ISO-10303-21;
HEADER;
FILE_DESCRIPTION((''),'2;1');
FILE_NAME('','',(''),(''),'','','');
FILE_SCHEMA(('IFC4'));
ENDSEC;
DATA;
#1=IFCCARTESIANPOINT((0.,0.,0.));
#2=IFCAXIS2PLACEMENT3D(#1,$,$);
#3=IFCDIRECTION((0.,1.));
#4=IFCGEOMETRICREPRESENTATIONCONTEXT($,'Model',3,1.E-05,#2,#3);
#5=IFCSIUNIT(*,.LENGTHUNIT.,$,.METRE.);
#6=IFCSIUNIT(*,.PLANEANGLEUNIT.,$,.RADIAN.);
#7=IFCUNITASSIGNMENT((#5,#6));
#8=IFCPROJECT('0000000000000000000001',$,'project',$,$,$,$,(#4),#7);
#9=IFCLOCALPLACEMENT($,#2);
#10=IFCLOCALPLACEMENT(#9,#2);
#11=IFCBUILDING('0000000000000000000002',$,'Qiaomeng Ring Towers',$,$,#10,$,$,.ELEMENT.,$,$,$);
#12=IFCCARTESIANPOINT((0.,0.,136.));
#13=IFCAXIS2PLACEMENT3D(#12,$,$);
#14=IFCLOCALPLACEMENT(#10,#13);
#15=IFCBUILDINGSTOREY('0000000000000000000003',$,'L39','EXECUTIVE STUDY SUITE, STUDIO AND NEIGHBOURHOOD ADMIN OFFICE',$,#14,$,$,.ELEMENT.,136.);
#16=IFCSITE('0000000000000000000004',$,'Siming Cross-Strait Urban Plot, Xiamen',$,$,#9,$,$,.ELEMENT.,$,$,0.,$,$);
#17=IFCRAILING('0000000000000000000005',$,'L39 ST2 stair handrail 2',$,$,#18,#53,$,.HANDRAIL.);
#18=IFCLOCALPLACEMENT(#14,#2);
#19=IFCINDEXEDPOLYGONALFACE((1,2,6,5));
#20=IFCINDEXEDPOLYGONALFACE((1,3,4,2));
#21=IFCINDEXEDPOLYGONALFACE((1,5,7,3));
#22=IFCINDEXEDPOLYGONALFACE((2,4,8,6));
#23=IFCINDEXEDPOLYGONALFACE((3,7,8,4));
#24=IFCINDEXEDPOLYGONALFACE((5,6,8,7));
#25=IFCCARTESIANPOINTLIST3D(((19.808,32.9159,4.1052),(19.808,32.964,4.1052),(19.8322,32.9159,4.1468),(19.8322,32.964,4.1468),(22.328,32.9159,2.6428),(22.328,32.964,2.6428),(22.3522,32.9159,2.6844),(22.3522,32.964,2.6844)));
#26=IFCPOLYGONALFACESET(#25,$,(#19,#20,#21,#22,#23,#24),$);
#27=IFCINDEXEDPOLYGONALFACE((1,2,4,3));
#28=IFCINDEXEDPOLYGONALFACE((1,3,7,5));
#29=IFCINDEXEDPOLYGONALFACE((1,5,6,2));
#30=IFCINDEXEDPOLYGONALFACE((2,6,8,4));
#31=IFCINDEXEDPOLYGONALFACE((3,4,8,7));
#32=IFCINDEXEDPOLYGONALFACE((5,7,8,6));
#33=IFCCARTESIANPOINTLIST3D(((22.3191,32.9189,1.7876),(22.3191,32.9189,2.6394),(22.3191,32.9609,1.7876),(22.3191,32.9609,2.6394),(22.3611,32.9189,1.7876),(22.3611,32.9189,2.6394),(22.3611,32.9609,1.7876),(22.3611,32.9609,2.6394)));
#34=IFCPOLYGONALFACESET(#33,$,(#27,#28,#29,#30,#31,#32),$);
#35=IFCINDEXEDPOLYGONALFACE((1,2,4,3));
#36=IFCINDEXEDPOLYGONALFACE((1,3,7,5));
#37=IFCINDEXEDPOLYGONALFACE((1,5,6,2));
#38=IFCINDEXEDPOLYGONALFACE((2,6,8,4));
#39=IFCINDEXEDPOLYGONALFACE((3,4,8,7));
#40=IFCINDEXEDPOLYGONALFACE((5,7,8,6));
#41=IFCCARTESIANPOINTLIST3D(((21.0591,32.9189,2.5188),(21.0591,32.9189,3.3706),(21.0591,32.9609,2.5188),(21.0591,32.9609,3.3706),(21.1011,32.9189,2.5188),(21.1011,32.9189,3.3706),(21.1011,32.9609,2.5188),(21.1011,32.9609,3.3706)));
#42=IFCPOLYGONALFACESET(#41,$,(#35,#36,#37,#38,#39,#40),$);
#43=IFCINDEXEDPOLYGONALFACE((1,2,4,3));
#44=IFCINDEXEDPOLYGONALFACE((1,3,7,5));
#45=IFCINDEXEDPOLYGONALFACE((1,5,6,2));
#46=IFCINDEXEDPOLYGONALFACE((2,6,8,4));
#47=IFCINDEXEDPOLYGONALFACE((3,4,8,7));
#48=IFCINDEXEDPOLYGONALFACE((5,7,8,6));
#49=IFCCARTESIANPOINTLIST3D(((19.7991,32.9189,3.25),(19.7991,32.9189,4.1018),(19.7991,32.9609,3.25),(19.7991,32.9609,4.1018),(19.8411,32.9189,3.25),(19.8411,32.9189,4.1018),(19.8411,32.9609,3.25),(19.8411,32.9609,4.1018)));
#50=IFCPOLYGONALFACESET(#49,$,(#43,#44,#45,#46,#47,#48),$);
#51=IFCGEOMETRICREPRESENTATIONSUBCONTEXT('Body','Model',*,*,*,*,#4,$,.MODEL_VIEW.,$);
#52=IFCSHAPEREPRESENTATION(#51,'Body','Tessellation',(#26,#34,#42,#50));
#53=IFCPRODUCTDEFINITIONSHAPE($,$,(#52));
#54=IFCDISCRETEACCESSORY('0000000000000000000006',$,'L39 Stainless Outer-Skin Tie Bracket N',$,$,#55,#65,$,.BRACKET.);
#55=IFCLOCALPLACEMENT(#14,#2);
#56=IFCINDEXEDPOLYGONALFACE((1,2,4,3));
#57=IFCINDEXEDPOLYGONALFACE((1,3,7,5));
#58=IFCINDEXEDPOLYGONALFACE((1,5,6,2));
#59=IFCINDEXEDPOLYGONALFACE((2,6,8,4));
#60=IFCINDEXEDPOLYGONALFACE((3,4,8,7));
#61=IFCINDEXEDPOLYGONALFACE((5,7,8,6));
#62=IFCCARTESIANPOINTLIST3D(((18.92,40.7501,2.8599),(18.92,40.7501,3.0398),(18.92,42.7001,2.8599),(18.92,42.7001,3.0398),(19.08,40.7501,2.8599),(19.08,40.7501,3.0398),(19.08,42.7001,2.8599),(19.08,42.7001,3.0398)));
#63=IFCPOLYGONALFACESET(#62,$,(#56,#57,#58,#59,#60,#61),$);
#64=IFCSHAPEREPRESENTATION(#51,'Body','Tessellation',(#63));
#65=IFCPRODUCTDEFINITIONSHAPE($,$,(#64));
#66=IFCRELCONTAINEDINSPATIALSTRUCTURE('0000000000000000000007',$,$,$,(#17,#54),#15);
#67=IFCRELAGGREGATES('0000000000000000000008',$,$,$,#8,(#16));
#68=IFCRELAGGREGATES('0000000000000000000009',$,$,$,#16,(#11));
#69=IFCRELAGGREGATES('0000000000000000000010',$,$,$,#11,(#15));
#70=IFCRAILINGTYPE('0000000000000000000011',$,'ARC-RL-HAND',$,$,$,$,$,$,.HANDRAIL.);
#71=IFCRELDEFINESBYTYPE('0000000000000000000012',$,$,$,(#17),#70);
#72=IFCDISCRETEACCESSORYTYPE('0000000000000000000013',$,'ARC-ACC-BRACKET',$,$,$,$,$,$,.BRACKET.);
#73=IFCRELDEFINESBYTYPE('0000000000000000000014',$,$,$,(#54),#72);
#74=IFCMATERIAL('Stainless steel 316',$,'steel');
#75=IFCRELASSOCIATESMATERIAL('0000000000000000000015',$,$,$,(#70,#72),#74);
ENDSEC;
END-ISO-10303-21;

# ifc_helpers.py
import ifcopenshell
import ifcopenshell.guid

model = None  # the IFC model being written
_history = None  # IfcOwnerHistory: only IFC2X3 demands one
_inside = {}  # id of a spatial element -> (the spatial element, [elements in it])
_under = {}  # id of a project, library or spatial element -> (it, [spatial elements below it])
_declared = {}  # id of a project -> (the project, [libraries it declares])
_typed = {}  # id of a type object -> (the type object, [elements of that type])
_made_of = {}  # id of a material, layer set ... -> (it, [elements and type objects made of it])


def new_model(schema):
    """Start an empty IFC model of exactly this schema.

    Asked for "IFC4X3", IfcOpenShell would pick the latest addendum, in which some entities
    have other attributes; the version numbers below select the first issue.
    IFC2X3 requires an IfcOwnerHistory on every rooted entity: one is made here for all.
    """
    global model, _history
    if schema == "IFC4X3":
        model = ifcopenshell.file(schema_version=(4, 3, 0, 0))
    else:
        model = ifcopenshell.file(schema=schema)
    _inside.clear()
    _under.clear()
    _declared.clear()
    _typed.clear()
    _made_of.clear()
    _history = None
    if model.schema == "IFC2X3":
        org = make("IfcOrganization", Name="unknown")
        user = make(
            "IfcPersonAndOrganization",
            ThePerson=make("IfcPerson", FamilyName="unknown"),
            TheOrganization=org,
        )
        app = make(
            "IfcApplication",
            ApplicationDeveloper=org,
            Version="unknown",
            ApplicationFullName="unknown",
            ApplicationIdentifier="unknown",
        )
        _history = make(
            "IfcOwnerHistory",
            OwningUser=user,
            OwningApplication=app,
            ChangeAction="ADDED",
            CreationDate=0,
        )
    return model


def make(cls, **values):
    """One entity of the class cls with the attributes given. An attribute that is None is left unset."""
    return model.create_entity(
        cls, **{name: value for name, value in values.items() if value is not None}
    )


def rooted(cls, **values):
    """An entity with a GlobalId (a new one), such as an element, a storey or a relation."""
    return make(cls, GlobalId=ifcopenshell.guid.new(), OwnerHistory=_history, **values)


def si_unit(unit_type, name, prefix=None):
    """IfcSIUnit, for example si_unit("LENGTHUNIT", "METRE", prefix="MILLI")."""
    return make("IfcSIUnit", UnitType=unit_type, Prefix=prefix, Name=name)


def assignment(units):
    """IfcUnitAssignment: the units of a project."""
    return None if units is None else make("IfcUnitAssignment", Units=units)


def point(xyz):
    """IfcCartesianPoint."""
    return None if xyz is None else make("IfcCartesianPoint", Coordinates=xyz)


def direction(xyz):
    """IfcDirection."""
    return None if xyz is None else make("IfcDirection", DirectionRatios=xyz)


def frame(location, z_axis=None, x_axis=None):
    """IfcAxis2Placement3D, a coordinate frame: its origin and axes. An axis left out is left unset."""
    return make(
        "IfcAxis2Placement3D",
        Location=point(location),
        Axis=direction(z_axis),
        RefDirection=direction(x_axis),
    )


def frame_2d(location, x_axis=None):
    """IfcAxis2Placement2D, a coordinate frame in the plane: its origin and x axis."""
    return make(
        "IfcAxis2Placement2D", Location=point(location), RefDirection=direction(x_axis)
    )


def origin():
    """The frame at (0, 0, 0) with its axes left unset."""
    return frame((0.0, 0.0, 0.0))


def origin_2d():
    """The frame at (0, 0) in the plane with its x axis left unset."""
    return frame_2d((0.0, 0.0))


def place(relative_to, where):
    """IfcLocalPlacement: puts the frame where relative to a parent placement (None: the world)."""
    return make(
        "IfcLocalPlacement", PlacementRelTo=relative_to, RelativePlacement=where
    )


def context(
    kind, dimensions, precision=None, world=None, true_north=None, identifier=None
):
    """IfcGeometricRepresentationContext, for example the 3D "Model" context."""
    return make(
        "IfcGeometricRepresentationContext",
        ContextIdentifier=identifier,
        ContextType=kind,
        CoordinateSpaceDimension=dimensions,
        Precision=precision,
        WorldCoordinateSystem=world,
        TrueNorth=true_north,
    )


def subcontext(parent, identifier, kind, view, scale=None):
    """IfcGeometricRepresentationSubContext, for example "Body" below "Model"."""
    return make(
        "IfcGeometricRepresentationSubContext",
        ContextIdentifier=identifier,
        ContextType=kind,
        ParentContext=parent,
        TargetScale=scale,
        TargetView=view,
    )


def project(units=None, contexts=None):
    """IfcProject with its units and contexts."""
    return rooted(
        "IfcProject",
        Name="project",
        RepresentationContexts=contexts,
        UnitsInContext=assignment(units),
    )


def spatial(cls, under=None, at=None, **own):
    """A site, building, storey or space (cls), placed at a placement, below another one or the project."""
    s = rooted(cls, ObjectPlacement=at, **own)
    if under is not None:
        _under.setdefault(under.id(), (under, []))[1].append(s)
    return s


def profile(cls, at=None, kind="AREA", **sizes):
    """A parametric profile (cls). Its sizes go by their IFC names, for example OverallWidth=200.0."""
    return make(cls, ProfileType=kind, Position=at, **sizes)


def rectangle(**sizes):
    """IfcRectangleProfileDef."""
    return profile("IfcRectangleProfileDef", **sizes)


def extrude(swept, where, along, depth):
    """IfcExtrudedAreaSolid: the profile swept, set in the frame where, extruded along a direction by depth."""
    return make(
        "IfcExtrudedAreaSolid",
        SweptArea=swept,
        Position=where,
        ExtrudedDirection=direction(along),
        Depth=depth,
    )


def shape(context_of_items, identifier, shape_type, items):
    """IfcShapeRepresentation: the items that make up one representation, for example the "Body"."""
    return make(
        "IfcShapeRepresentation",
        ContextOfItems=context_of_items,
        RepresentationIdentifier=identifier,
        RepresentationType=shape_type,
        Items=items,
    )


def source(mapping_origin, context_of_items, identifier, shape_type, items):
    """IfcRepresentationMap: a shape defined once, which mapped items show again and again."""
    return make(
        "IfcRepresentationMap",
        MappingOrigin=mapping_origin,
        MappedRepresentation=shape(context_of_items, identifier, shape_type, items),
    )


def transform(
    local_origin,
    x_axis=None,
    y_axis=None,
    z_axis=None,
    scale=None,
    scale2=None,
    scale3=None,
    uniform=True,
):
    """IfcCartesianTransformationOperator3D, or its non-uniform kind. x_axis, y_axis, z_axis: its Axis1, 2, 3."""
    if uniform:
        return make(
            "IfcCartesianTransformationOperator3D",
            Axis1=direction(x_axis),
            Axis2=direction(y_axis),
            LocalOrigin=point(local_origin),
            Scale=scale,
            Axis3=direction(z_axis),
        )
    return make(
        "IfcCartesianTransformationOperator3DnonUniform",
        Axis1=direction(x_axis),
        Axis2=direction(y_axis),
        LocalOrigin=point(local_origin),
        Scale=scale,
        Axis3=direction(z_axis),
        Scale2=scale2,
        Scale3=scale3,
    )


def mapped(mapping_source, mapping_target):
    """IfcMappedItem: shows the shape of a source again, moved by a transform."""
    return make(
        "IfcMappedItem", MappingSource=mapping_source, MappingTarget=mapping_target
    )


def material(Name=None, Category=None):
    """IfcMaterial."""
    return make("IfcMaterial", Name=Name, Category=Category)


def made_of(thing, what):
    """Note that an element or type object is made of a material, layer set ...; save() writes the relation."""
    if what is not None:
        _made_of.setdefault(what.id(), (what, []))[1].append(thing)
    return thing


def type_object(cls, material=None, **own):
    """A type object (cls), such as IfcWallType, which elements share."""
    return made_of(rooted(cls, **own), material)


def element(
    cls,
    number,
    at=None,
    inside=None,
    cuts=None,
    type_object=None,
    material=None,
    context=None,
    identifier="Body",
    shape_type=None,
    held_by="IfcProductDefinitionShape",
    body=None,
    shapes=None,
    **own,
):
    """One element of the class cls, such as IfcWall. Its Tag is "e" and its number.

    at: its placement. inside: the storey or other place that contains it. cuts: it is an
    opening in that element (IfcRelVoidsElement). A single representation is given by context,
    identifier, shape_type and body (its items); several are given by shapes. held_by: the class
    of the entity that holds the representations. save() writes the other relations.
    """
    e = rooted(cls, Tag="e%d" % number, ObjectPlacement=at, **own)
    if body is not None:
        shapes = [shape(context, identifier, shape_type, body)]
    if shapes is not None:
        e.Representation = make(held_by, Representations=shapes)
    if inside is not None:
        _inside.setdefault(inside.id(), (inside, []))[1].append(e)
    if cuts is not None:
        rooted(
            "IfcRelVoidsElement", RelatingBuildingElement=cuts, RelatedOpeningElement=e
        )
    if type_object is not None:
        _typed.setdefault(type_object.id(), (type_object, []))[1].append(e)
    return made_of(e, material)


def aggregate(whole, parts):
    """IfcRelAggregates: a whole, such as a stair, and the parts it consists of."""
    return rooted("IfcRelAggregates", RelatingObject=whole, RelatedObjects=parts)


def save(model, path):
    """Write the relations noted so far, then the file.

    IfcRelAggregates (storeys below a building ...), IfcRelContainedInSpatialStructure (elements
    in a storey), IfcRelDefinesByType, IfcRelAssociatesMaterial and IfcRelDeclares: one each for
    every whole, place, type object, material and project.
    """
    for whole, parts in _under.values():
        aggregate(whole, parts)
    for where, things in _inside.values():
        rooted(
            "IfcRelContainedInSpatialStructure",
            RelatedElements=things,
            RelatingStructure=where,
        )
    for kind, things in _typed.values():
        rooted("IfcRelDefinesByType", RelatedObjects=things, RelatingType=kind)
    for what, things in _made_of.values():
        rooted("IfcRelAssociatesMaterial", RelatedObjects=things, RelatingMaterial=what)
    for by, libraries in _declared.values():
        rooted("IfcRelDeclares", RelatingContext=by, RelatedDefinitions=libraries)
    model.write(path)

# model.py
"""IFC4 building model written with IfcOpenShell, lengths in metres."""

from ifc_helpers import new_model, si_unit, direction, frame, origin, origin_2d, place, context, subcontext, project, spatial, rectangle, extrude, source, transform, mapped, material, type_object, element, save


model = new_model("IFC4")

# Units and contexts
model_context = context("Model", 3, precision=1e-05, world=origin(), true_north=direction((0.0, 1.0)))
body_context = subcontext(model_context, "Body", "Model", "MODEL_VIEW")
ifc_project = project(units=[si_unit("LENGTHUNIT", "METRE"), si_unit("PLANEANGLEUNIT", "RADIAN")], contexts=[model_context])

# Site, building, storey
site_placement = place(None, origin())
site = spatial("IfcSite", under=ifc_project, at=site_placement, Name="Siming Cross-Strait Urban Plot, Xiamen", CompositionType="ELEMENT", RefElevation=0.0)
building_placement = place(site_placement, origin())
building = spatial("IfcBuilding", under=site, at=building_placement, Name="Qiaomeng Ring Towers", CompositionType="ELEMENT")
storey_placement = place(building_placement, frame((0.0, 0.0, 136.0)))
storey = spatial("IfcBuildingStorey", under=building, at=storey_placement, Name="L39", Description="EXECUTIVE STUDY SUITE, STUDIO AND NEIGHBOURHOOD ADMIN OFFICE", CompositionType="ELEMENT", Elevation=136.0)

# Railing
ifc_material_1 = material(Name="Stainless steel 316", Category="steel")
railing_type_1 = type_object("IfcRailingType", Name="ARC-RL-HAND", PredefinedType="HANDRAIL", material=ifc_material_1)
railing_1_placement = place(storey_placement, frame((22.3401, 32.9399, 1.7876)))
element("IfcRailing", 1, at=railing_1_placement, inside=storey, type_object=railing_type_1, Name="L39 ST2 stair handrail 2", PredefinedType="HANDRAIL", context=body_context, shape_type="SweptSolid", body=[
    extrude(rectangle(XDim=0.0481, YDim=0.0481, at=origin_2d()), frame((0.0, 0.0, 0.876), z_axis=(-0.864913, 0.0, 0.501921), x_axis=(0.0, -1.0, 0.0)), (0.0, 0.0, 1.0), 2.9136),
    extrude(rectangle(XDim=0.042, YDim=0.042, at=origin_2d()), origin(), (0.0, 0.0, 1.0), 0.8518),
    extrude(rectangle(XDim=0.042, YDim=0.042, at=origin_2d()), frame((-1.26, 0.0, 0.7312)), (0.0, 0.0, 1.0), 0.8518),
    extrude(rectangle(XDim=0.042, YDim=0.042, at=origin_2d()), frame((-2.52, 0.0, 1.4624)), (0.0, 0.0, 1.0), 0.8518),
])

# Discrete accessory
discrete_accessory_type = type_object("IfcDiscreteAccessoryType", Name="ARC-ACC-BRACKET", PredefinedType="BRACKET", material=ifc_material_1)
shared_shape_1 = source(origin(), body_context, "Body", "SweptSolid", [
    extrude(rectangle(XDim=0.1599, YDim=1.95, at=origin_2d()), origin(), (0.0, 0.0, 1.0), 0.1799),
])
discrete_accessory_placement = place(storey_placement, frame((19.0, 41.7251, 2.8599), z_axis=(0.0, 0.0, 1.0), x_axis=(1.0, 0.0, 0.0)))
element("IfcDiscreteAccessory", 2, at=discrete_accessory_placement, inside=storey, type_object=discrete_accessory_type, Name="L39 Stainless Outer-Skin Tie Bracket N", PredefinedType="BRACKET", context=body_context, shape_type="MappedRepresentation", body=[
    mapped(shared_shape_1, transform((0.0, 0.0, 0.0), x_axis=(1.0, 0.0, 0.0), y_axis=(0.0, 1.0, 0.0), z_axis=(0.0, 0.0, 1.0), scale=1.0)),
])

save(model, "model.ifc")
